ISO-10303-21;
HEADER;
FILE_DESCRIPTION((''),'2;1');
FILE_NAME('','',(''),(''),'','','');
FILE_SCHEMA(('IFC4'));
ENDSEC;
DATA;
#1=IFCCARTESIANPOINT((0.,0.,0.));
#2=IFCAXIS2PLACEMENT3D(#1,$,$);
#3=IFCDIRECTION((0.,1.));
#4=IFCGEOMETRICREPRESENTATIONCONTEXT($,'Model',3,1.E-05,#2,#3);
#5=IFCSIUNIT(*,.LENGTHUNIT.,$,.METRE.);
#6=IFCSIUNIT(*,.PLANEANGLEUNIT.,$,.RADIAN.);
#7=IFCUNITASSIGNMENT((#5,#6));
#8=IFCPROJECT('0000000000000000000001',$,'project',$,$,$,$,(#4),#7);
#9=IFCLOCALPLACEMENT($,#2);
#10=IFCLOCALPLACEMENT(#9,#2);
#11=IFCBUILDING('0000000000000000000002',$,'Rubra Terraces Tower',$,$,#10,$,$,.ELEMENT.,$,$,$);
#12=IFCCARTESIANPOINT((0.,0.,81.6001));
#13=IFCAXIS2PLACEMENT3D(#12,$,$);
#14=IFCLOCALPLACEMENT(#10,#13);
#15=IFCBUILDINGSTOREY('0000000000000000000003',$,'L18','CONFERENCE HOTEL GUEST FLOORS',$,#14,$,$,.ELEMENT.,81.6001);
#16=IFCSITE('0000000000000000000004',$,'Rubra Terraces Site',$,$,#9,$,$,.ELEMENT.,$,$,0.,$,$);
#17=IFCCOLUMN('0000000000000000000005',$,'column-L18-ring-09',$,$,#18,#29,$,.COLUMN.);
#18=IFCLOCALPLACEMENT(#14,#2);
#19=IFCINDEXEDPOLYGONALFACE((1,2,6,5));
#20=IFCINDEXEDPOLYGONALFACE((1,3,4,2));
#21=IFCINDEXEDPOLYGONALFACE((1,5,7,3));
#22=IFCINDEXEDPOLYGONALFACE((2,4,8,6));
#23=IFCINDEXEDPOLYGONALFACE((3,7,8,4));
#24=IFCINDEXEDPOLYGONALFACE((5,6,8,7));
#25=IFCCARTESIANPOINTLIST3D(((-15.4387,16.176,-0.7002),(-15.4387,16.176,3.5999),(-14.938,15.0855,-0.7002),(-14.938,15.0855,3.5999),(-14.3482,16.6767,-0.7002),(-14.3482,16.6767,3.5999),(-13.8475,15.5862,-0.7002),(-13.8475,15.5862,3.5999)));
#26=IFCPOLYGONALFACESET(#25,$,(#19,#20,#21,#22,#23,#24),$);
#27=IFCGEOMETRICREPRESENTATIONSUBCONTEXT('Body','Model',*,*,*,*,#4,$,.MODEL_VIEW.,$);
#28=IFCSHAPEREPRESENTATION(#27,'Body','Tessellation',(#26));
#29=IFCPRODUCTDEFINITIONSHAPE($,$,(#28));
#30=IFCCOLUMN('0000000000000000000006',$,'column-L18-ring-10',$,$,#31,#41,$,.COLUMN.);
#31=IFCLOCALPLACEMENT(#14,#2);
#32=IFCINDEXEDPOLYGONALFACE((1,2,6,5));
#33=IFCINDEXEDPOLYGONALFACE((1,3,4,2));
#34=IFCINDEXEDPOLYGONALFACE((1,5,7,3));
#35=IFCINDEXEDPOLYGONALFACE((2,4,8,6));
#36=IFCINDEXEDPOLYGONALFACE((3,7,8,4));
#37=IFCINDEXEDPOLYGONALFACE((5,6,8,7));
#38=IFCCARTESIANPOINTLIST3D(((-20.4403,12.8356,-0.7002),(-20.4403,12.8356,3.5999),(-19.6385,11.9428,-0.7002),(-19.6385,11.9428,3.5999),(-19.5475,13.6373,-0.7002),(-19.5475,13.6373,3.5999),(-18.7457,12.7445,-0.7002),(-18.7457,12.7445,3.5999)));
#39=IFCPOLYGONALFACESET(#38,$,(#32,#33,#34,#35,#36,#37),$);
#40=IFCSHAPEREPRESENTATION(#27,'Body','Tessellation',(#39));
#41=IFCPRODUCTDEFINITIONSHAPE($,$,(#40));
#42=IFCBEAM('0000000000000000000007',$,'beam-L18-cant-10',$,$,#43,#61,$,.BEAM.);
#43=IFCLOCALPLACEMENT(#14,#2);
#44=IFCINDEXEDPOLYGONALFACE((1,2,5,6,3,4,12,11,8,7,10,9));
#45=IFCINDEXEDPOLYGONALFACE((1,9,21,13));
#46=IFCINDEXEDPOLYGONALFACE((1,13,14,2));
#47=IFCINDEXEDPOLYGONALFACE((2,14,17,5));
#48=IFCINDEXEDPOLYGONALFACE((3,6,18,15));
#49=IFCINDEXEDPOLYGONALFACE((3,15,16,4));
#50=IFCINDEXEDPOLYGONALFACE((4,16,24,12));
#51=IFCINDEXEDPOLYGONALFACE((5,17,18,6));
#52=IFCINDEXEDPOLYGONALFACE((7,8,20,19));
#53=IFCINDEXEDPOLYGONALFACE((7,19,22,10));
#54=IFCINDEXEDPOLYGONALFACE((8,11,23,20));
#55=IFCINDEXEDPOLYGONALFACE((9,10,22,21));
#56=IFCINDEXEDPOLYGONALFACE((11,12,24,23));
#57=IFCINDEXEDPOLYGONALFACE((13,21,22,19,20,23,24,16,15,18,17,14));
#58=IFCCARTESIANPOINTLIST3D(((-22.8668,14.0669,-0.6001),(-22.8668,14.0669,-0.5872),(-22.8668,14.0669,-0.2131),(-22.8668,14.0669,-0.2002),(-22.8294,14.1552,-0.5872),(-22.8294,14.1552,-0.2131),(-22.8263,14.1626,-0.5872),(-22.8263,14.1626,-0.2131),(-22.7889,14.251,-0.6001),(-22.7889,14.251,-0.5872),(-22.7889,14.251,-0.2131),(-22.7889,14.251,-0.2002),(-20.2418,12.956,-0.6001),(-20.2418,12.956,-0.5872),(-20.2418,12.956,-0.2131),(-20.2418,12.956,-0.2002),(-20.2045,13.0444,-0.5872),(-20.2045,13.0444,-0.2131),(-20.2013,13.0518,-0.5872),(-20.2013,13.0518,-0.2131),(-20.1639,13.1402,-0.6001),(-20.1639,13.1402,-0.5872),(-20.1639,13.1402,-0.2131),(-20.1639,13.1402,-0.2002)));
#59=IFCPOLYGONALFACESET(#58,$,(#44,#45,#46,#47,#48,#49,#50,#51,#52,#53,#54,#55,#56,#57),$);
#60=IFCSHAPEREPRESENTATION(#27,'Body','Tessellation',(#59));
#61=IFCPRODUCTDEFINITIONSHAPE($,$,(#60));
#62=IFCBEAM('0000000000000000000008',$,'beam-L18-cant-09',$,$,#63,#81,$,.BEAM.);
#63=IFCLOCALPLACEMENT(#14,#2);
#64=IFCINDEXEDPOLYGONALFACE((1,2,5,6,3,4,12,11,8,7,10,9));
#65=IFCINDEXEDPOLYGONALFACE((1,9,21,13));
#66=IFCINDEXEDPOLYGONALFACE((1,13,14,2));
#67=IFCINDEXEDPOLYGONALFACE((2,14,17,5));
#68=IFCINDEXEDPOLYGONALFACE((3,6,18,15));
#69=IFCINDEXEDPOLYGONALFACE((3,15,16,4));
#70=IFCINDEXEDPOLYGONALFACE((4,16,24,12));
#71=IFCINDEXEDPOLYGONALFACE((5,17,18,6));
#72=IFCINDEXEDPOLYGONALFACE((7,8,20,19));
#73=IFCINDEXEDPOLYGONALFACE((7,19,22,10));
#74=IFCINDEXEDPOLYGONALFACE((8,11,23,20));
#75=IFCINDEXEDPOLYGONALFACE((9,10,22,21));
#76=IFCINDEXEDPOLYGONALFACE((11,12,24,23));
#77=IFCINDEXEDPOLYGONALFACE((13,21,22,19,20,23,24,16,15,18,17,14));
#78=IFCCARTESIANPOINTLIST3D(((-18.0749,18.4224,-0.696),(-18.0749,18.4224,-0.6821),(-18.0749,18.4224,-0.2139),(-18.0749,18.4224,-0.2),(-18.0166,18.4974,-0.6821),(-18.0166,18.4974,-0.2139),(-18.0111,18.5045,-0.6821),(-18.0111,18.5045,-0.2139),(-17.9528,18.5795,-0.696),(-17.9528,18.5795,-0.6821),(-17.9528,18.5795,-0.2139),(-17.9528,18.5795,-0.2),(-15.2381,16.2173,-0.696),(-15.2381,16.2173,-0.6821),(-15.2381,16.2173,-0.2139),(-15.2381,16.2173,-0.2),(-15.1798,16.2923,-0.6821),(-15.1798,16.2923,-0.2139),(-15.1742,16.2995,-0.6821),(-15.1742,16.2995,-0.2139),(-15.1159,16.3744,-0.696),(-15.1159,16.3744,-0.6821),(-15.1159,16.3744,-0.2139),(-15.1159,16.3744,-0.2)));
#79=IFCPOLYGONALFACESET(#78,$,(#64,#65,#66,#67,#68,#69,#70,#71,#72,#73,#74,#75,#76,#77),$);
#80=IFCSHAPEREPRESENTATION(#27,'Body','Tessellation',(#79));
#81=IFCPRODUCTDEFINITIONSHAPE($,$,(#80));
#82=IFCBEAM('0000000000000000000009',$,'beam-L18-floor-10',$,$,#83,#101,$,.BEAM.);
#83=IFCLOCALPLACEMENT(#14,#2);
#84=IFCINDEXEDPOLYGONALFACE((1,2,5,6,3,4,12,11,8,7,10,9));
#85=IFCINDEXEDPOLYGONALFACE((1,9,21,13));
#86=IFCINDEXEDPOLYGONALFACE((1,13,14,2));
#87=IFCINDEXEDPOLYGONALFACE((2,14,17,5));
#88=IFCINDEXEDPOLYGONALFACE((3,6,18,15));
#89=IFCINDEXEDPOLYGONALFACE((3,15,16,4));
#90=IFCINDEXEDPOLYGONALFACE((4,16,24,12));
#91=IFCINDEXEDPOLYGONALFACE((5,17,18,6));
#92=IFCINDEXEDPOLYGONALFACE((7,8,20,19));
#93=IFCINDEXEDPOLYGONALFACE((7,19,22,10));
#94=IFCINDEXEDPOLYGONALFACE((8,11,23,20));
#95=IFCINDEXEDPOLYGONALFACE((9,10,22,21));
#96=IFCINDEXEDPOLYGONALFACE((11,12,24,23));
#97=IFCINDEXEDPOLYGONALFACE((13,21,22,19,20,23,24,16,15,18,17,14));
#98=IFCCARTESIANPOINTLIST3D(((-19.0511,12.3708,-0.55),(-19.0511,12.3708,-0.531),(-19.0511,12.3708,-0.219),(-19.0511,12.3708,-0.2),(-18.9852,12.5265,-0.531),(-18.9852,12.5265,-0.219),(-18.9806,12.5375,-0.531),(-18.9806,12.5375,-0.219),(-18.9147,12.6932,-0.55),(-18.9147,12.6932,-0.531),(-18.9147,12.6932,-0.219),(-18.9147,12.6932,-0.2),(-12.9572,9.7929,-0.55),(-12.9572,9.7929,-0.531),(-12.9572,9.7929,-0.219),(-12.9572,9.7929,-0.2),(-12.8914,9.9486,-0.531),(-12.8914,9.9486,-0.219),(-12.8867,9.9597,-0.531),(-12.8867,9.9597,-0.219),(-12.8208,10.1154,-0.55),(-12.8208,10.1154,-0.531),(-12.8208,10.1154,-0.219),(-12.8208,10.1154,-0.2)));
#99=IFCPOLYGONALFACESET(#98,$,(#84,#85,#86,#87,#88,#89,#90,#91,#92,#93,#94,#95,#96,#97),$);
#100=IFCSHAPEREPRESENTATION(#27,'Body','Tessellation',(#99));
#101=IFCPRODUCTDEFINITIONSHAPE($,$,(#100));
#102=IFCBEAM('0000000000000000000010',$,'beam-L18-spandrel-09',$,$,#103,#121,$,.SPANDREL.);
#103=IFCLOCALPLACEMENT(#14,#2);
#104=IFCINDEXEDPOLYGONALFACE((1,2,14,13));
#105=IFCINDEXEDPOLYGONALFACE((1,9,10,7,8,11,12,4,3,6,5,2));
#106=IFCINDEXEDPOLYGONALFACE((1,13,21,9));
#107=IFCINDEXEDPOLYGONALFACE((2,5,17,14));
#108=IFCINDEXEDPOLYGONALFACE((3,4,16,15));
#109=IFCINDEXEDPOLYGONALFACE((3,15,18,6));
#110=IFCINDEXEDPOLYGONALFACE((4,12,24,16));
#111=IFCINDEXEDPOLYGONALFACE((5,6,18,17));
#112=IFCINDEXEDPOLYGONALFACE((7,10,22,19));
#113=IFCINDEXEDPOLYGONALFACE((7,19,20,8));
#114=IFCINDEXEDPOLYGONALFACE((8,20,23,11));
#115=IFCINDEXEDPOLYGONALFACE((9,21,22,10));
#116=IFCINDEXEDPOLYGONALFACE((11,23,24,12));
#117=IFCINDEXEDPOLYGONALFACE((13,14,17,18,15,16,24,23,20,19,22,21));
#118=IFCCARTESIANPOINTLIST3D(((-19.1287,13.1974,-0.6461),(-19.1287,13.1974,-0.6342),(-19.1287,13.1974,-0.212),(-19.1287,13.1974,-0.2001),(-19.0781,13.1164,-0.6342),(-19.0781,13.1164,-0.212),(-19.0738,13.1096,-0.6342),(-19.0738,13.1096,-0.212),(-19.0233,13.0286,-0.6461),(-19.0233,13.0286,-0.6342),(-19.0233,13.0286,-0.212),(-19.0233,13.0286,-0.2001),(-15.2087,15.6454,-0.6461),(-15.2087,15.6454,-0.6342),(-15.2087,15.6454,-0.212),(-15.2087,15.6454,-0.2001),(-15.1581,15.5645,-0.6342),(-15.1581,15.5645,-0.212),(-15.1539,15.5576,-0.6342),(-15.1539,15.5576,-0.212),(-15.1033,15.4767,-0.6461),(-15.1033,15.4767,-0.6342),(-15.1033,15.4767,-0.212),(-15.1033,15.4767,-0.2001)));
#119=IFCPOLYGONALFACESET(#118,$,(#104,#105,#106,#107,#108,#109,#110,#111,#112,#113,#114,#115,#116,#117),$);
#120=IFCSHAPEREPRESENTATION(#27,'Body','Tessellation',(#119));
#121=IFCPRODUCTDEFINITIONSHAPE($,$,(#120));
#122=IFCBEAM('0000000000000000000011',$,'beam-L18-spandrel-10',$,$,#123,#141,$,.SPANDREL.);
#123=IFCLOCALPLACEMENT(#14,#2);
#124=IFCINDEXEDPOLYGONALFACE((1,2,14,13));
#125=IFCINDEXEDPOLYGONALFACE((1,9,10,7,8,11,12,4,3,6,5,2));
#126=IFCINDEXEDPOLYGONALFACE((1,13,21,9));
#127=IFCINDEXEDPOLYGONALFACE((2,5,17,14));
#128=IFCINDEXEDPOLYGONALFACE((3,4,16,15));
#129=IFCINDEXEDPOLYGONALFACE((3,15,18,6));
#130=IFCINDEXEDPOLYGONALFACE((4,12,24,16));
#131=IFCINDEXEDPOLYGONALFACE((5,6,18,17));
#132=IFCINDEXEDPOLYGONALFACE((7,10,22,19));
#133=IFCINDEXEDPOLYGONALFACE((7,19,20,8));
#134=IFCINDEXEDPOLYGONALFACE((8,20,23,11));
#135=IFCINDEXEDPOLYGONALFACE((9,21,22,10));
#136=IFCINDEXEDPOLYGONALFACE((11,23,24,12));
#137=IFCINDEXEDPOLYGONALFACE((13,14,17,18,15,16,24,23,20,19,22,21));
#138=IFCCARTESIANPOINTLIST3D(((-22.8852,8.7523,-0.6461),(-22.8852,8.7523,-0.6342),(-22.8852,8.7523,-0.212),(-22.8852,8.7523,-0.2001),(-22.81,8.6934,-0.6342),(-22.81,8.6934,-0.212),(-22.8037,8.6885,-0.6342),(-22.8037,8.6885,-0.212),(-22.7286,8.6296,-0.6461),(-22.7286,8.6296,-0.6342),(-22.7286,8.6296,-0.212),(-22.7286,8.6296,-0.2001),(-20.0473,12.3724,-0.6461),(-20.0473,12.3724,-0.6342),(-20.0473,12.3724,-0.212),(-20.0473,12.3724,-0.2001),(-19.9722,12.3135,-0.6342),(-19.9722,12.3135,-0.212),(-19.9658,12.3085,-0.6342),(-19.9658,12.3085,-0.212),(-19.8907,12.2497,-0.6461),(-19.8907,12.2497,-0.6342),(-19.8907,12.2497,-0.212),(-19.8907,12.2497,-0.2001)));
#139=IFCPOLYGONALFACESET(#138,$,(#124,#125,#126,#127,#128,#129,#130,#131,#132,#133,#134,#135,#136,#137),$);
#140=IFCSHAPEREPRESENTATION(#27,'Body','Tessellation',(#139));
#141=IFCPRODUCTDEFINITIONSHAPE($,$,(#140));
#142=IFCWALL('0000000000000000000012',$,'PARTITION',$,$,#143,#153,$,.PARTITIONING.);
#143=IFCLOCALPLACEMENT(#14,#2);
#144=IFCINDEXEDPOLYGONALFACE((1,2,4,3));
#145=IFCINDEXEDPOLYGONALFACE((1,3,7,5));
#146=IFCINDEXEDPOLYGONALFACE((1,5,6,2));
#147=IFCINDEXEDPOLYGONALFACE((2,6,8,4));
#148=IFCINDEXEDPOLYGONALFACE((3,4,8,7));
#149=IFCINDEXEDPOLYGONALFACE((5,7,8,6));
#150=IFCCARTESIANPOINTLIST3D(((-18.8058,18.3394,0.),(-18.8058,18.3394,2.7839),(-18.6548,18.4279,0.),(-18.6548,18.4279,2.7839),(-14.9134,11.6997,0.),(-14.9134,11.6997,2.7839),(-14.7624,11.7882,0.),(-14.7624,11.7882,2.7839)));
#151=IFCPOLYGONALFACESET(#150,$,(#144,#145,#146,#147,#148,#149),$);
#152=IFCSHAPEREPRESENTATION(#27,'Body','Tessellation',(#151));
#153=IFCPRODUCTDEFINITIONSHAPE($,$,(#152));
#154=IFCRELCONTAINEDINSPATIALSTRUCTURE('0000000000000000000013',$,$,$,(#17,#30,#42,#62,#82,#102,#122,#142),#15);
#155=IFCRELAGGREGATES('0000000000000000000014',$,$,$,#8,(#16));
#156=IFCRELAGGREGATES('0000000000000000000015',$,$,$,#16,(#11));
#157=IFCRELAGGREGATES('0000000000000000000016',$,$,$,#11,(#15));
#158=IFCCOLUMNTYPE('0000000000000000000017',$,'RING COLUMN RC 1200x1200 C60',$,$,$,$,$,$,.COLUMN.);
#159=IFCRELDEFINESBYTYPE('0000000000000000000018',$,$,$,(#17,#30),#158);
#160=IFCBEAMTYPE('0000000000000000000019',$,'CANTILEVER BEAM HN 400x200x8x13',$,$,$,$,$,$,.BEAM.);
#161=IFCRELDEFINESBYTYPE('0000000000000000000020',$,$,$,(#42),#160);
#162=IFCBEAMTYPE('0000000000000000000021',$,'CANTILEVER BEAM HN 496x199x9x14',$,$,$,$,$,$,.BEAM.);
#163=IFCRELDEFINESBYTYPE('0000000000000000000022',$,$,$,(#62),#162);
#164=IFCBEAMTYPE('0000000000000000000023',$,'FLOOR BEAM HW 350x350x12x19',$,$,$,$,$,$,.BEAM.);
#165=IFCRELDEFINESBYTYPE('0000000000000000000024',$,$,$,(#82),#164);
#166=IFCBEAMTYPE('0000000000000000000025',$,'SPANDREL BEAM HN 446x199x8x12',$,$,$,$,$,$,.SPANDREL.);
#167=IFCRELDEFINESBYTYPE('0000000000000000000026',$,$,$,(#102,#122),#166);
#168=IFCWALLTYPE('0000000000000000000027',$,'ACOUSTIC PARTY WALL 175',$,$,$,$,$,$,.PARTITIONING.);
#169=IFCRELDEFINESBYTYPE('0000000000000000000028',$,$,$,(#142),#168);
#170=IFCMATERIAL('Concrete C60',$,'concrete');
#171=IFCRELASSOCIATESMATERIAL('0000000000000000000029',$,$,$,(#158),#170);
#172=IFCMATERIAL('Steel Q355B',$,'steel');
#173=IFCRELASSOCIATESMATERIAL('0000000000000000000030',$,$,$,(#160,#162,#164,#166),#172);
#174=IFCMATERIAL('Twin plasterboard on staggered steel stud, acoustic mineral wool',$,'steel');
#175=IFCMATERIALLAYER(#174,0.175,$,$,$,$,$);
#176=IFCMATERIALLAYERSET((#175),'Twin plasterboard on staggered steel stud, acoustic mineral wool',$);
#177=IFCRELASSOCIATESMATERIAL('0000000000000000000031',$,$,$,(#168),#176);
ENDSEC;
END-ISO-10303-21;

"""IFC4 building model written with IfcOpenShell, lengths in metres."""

from ifc_helpers import new_model, si_unit, direction, frame, frame_2d, origin, origin_2d, place, context, subcontext, project, spatial, rectangle, i_section, extrude, material, layer, layer_set, material_profile, profile_set, type_object, element, save


model = new_model("IFC4")

# Units and contexts
model_context = context("Model", 3, precision=1e-05, world=origin(), true_north=direction((0.0, 1.0)))
body_context = subcontext(model_context, "Body", "Model", "MODEL_VIEW")
ifc_project = project(units=[si_unit("LENGTHUNIT", "METRE"), si_unit("PLANEANGLEUNIT", "RADIAN")], contexts=[model_context])

# Site, building, storey
site_placement = place(None, origin())
site = spatial("IfcSite", under=ifc_project, at=site_placement, Name="Rubra Terraces Site", CompositionType="ELEMENT", RefElevation=0.0)
building_placement = place(site_placement, origin())
building = spatial("IfcBuilding", under=site, at=building_placement, Name="Rubra Terraces Tower", CompositionType="ELEMENT")
storey_placement = place(building_placement, frame((0.0, 0.0, 81.6001)))
storey = spatial("IfcBuildingStorey", under=building, at=storey_placement, Name="L18", Description="CONFERENCE HOTEL GUEST FLOORS", CompositionType="ELEMENT", Elevation=81.6001)

# Columns
ifc_material_1 = material(Name="Concrete C60", Category="concrete")
ifc_material_profile_1 = material_profile(ifc_material_1, rectangle(XDim=1.2, YDim=1.2, at=origin_2d()), Name="RC 1200x1200")
ifc_profile_set_1 = profile_set([ifc_material_profile_1], Name="Concrete C60")
column_type = type_object("IfcColumnType", Name="RING COLUMN RC 1200x1200 C60", PredefinedType="COLUMN", material=ifc_profile_set_1)
for number, where, z_axis, x_axis, name in (
    (1, (-14.6431, 15.8811, -0.7002), (0.0, 0.0, 1.0), (-0.908779, -0.417279, 0.0), "column-L18-ring-09"),
    (2, (-19.593, 12.79, -0.7002), (0.0, 0.0, 1.0), (-0.744021, -0.668156, 0.0), "column-L18-ring-10"),
):
    element("IfcColumn", number, at=place(storey_placement, frame(where, z_axis=z_axis, x_axis=x_axis)), inside=storey, type_object=column_type, Name=name, PredefinedType="COLUMN", context=body_context, shape_type="SweptSolid", body=[
        extrude(rectangle(XDim=1.2, YDim=1.2, at=origin_2d()), origin(), (0.0, 0.0, 1.0), 4.3),
    ])

# Beams
ifc_material_2 = material(Name="Steel Q355B", Category="steel")
ifc_material_profile_2 = material_profile(ifc_material_2, i_section(OverallWidth=0.2, OverallDepth=0.3999, WebThickness=0.0081, FlangeThickness=0.0129, at=origin_2d()), Name="HN 400x200x8x13")
ifc_profile_set_2 = profile_set([ifc_material_profile_2], Name="Steel Q355B")
beam_type_1 = type_object("IfcBeamType", Name="CANTILEVER BEAM HN 400x200x8x13", PredefinedType="BEAM", material=ifc_profile_set_2)
beam_1_placement = place(storey_placement, frame((-20.2029, 13.0481, -0.4001), z_axis=(-0.920934, 0.389718, 0.0), x_axis=(-0.389718, -0.920934, 0.0)))
element("IfcBeam", 3, at=beam_1_placement, inside=storey, type_object=beam_type_1, Name="beam-L18-cant-10", PredefinedType="BEAM", context=body_context, shape_type="SweptSolid", body=[
    extrude(i_section(OverallWidth=0.2, OverallDepth=0.3999, WebThickness=0.0081, FlangeThickness=0.0129, at=origin_2d()), origin(), (0.0, 0.0, 1.0), 2.8503),
])
ifc_material_profile_3 = material_profile(ifc_material_2, i_section(OverallWidth=0.199, OverallDepth=0.4961, WebThickness=0.009, FlangeThickness=0.0139, at=origin_2d()), Name="HN 496x199x9x14")
ifc_profile_set_3 = profile_set([ifc_material_profile_3], Name="Steel Q355B")
beam_type_2 = type_object("IfcBeamType", Name="CANTILEVER BEAM HN 496x199x9x14", PredefinedType="BEAM", material=ifc_profile_set_3)
beam_2_placement = place(storey_placement, frame((-15.177, 16.2959, -0.448), z_axis=(-0.789542, 0.613696, 0.0), x_axis=(-0.613696, -0.789542, 0.0)))
element("IfcBeam", 4, at=beam_2_placement, inside=storey, type_object=beam_type_2, Name="beam-L18-cant-09", PredefinedType="BEAM", context=body_context, shape_type="SweptSolid", body=[
    extrude(i_section(OverallWidth=0.199, OverallDepth=0.4961, WebThickness=0.009, FlangeThickness=0.0139, at=origin_2d()), origin(), (0.0, 0.0, 1.0), 3.593),
])
ifc_material_profile_4 = material_profile(ifc_material_2, i_section(OverallWidth=0.3501, OverallDepth=0.3501, WebThickness=0.012, FlangeThickness=0.019, at=origin_2d()), Name="HW 350x350x12x19")
ifc_profile_set_4 = profile_set([ifc_material_profile_4], Name="Steel Q355B")
beam_type_3 = type_object("IfcBeamType", Name="FLOOR BEAM HW 350x350x12x19", PredefinedType="BEAM", material=ifc_profile_set_4)
beam_3_placement = place(storey_placement, frame((-18.9829, 12.532, -0.375), z_axis=(0.920986, -0.389595, 0.0), x_axis=(0.389595, 0.920986, 0.0)))
element("IfcBeam", 5, at=beam_3_placement, inside=storey, type_object=beam_type_3, Name="beam-L18-floor-10", PredefinedType="BEAM", context=body_context, shape_type="SweptSolid", body=[
    extrude(i_section(OverallWidth=0.3501, OverallDepth=0.3501, WebThickness=0.012, FlangeThickness=0.019, at=origin_2d()), origin(), (0.0, 0.0, 1.0), 6.6167),
])
ifc_material_profile_5 = material_profile(ifc_material_2, i_section(OverallWidth=0.199, OverallDepth=0.446, WebThickness=0.0081, FlangeThickness=0.012, at=origin_2d()), Name="HN 446x199x8x12")
ifc_profile_set_5 = profile_set([ifc_material_profile_5], Name="Steel Q355B")
beam_type_4 = type_object("IfcBeamType", Name="SPANDREL BEAM HN 446x199x8x12", PredefinedType="SPANDREL", material=ifc_profile_set_5)
beam_4_placement = place(storey_placement, frame((-15.156, 15.561, -0.4231), z_axis=(-0.848188, -0.529695, 0.0), x_axis=(0.529695, -0.848188, 0.0)))
element("IfcBeam", 6, at=beam_4_placement, inside=storey, type_object=beam_type_4, Name="beam-L18-spandrel-09", PredefinedType="SPANDREL", context=body_context, shape_type="SweptSolid", body=[
    extrude(i_section(OverallWidth=0.199, OverallDepth=0.446, WebThickness=0.0081, FlangeThickness=0.012, at=origin_2d()), origin(), (0.0, 0.0, 1.0), 4.6216),
])
beam_5_placement = place(storey_placement, frame((-19.969, 12.311, -0.4231), z_axis=(-0.616949, -0.787003, 0.0), x_axis=(0.787003, -0.616949, 0.0)))
element("IfcBeam", 7, at=beam_5_placement, inside=storey, type_object=beam_type_4, Name="beam-L18-spandrel-10", PredefinedType="SPANDREL", context=body_context, shape_type="SweptSolid", body=[
    extrude(i_section(OverallWidth=0.199, OverallDepth=0.446, WebThickness=0.0081, FlangeThickness=0.012, at=origin_2d()), origin(), (0.0, 0.0, 1.0), 4.5999),
])

# Wall
ifc_material_3 = material(Name="Twin plasterboard on staggered steel stud, acoustic mineral wool", Category="steel")
ifc_layer_1 = layer(ifc_material_3, 0.175)
ifc_layer_set_1 = layer_set([ifc_layer_1], Name="Twin plasterboard on staggered steel stud, acoustic mineral wool")
wall_type_1 = type_object("IfcWallType", Name="ACOUSTIC PARTY WALL 175", PredefinedType="PARTITIONING", material=ifc_layer_set_1)
wall_1_placement = place(storey_placement, frame((-18.7302, 18.3835, 0.0), z_axis=(0.0, 0.0, 1.0), x_axis=(0.505732, -0.862691, 0.0)))
element("IfcWall", 8, at=wall_1_placement, inside=storey, type_object=wall_type_1, Name="PARTITION", PredefinedType="PARTITIONING", context=body_context, shape_type="SweptSolid", body=[
    extrude(rectangle(XDim=7.6965, YDim=0.175, at=frame_2d((3.8481, 0.0))), origin(), (0.0, 0.0, 1.0), 2.7839),
])

save(model, "model.ifc")
